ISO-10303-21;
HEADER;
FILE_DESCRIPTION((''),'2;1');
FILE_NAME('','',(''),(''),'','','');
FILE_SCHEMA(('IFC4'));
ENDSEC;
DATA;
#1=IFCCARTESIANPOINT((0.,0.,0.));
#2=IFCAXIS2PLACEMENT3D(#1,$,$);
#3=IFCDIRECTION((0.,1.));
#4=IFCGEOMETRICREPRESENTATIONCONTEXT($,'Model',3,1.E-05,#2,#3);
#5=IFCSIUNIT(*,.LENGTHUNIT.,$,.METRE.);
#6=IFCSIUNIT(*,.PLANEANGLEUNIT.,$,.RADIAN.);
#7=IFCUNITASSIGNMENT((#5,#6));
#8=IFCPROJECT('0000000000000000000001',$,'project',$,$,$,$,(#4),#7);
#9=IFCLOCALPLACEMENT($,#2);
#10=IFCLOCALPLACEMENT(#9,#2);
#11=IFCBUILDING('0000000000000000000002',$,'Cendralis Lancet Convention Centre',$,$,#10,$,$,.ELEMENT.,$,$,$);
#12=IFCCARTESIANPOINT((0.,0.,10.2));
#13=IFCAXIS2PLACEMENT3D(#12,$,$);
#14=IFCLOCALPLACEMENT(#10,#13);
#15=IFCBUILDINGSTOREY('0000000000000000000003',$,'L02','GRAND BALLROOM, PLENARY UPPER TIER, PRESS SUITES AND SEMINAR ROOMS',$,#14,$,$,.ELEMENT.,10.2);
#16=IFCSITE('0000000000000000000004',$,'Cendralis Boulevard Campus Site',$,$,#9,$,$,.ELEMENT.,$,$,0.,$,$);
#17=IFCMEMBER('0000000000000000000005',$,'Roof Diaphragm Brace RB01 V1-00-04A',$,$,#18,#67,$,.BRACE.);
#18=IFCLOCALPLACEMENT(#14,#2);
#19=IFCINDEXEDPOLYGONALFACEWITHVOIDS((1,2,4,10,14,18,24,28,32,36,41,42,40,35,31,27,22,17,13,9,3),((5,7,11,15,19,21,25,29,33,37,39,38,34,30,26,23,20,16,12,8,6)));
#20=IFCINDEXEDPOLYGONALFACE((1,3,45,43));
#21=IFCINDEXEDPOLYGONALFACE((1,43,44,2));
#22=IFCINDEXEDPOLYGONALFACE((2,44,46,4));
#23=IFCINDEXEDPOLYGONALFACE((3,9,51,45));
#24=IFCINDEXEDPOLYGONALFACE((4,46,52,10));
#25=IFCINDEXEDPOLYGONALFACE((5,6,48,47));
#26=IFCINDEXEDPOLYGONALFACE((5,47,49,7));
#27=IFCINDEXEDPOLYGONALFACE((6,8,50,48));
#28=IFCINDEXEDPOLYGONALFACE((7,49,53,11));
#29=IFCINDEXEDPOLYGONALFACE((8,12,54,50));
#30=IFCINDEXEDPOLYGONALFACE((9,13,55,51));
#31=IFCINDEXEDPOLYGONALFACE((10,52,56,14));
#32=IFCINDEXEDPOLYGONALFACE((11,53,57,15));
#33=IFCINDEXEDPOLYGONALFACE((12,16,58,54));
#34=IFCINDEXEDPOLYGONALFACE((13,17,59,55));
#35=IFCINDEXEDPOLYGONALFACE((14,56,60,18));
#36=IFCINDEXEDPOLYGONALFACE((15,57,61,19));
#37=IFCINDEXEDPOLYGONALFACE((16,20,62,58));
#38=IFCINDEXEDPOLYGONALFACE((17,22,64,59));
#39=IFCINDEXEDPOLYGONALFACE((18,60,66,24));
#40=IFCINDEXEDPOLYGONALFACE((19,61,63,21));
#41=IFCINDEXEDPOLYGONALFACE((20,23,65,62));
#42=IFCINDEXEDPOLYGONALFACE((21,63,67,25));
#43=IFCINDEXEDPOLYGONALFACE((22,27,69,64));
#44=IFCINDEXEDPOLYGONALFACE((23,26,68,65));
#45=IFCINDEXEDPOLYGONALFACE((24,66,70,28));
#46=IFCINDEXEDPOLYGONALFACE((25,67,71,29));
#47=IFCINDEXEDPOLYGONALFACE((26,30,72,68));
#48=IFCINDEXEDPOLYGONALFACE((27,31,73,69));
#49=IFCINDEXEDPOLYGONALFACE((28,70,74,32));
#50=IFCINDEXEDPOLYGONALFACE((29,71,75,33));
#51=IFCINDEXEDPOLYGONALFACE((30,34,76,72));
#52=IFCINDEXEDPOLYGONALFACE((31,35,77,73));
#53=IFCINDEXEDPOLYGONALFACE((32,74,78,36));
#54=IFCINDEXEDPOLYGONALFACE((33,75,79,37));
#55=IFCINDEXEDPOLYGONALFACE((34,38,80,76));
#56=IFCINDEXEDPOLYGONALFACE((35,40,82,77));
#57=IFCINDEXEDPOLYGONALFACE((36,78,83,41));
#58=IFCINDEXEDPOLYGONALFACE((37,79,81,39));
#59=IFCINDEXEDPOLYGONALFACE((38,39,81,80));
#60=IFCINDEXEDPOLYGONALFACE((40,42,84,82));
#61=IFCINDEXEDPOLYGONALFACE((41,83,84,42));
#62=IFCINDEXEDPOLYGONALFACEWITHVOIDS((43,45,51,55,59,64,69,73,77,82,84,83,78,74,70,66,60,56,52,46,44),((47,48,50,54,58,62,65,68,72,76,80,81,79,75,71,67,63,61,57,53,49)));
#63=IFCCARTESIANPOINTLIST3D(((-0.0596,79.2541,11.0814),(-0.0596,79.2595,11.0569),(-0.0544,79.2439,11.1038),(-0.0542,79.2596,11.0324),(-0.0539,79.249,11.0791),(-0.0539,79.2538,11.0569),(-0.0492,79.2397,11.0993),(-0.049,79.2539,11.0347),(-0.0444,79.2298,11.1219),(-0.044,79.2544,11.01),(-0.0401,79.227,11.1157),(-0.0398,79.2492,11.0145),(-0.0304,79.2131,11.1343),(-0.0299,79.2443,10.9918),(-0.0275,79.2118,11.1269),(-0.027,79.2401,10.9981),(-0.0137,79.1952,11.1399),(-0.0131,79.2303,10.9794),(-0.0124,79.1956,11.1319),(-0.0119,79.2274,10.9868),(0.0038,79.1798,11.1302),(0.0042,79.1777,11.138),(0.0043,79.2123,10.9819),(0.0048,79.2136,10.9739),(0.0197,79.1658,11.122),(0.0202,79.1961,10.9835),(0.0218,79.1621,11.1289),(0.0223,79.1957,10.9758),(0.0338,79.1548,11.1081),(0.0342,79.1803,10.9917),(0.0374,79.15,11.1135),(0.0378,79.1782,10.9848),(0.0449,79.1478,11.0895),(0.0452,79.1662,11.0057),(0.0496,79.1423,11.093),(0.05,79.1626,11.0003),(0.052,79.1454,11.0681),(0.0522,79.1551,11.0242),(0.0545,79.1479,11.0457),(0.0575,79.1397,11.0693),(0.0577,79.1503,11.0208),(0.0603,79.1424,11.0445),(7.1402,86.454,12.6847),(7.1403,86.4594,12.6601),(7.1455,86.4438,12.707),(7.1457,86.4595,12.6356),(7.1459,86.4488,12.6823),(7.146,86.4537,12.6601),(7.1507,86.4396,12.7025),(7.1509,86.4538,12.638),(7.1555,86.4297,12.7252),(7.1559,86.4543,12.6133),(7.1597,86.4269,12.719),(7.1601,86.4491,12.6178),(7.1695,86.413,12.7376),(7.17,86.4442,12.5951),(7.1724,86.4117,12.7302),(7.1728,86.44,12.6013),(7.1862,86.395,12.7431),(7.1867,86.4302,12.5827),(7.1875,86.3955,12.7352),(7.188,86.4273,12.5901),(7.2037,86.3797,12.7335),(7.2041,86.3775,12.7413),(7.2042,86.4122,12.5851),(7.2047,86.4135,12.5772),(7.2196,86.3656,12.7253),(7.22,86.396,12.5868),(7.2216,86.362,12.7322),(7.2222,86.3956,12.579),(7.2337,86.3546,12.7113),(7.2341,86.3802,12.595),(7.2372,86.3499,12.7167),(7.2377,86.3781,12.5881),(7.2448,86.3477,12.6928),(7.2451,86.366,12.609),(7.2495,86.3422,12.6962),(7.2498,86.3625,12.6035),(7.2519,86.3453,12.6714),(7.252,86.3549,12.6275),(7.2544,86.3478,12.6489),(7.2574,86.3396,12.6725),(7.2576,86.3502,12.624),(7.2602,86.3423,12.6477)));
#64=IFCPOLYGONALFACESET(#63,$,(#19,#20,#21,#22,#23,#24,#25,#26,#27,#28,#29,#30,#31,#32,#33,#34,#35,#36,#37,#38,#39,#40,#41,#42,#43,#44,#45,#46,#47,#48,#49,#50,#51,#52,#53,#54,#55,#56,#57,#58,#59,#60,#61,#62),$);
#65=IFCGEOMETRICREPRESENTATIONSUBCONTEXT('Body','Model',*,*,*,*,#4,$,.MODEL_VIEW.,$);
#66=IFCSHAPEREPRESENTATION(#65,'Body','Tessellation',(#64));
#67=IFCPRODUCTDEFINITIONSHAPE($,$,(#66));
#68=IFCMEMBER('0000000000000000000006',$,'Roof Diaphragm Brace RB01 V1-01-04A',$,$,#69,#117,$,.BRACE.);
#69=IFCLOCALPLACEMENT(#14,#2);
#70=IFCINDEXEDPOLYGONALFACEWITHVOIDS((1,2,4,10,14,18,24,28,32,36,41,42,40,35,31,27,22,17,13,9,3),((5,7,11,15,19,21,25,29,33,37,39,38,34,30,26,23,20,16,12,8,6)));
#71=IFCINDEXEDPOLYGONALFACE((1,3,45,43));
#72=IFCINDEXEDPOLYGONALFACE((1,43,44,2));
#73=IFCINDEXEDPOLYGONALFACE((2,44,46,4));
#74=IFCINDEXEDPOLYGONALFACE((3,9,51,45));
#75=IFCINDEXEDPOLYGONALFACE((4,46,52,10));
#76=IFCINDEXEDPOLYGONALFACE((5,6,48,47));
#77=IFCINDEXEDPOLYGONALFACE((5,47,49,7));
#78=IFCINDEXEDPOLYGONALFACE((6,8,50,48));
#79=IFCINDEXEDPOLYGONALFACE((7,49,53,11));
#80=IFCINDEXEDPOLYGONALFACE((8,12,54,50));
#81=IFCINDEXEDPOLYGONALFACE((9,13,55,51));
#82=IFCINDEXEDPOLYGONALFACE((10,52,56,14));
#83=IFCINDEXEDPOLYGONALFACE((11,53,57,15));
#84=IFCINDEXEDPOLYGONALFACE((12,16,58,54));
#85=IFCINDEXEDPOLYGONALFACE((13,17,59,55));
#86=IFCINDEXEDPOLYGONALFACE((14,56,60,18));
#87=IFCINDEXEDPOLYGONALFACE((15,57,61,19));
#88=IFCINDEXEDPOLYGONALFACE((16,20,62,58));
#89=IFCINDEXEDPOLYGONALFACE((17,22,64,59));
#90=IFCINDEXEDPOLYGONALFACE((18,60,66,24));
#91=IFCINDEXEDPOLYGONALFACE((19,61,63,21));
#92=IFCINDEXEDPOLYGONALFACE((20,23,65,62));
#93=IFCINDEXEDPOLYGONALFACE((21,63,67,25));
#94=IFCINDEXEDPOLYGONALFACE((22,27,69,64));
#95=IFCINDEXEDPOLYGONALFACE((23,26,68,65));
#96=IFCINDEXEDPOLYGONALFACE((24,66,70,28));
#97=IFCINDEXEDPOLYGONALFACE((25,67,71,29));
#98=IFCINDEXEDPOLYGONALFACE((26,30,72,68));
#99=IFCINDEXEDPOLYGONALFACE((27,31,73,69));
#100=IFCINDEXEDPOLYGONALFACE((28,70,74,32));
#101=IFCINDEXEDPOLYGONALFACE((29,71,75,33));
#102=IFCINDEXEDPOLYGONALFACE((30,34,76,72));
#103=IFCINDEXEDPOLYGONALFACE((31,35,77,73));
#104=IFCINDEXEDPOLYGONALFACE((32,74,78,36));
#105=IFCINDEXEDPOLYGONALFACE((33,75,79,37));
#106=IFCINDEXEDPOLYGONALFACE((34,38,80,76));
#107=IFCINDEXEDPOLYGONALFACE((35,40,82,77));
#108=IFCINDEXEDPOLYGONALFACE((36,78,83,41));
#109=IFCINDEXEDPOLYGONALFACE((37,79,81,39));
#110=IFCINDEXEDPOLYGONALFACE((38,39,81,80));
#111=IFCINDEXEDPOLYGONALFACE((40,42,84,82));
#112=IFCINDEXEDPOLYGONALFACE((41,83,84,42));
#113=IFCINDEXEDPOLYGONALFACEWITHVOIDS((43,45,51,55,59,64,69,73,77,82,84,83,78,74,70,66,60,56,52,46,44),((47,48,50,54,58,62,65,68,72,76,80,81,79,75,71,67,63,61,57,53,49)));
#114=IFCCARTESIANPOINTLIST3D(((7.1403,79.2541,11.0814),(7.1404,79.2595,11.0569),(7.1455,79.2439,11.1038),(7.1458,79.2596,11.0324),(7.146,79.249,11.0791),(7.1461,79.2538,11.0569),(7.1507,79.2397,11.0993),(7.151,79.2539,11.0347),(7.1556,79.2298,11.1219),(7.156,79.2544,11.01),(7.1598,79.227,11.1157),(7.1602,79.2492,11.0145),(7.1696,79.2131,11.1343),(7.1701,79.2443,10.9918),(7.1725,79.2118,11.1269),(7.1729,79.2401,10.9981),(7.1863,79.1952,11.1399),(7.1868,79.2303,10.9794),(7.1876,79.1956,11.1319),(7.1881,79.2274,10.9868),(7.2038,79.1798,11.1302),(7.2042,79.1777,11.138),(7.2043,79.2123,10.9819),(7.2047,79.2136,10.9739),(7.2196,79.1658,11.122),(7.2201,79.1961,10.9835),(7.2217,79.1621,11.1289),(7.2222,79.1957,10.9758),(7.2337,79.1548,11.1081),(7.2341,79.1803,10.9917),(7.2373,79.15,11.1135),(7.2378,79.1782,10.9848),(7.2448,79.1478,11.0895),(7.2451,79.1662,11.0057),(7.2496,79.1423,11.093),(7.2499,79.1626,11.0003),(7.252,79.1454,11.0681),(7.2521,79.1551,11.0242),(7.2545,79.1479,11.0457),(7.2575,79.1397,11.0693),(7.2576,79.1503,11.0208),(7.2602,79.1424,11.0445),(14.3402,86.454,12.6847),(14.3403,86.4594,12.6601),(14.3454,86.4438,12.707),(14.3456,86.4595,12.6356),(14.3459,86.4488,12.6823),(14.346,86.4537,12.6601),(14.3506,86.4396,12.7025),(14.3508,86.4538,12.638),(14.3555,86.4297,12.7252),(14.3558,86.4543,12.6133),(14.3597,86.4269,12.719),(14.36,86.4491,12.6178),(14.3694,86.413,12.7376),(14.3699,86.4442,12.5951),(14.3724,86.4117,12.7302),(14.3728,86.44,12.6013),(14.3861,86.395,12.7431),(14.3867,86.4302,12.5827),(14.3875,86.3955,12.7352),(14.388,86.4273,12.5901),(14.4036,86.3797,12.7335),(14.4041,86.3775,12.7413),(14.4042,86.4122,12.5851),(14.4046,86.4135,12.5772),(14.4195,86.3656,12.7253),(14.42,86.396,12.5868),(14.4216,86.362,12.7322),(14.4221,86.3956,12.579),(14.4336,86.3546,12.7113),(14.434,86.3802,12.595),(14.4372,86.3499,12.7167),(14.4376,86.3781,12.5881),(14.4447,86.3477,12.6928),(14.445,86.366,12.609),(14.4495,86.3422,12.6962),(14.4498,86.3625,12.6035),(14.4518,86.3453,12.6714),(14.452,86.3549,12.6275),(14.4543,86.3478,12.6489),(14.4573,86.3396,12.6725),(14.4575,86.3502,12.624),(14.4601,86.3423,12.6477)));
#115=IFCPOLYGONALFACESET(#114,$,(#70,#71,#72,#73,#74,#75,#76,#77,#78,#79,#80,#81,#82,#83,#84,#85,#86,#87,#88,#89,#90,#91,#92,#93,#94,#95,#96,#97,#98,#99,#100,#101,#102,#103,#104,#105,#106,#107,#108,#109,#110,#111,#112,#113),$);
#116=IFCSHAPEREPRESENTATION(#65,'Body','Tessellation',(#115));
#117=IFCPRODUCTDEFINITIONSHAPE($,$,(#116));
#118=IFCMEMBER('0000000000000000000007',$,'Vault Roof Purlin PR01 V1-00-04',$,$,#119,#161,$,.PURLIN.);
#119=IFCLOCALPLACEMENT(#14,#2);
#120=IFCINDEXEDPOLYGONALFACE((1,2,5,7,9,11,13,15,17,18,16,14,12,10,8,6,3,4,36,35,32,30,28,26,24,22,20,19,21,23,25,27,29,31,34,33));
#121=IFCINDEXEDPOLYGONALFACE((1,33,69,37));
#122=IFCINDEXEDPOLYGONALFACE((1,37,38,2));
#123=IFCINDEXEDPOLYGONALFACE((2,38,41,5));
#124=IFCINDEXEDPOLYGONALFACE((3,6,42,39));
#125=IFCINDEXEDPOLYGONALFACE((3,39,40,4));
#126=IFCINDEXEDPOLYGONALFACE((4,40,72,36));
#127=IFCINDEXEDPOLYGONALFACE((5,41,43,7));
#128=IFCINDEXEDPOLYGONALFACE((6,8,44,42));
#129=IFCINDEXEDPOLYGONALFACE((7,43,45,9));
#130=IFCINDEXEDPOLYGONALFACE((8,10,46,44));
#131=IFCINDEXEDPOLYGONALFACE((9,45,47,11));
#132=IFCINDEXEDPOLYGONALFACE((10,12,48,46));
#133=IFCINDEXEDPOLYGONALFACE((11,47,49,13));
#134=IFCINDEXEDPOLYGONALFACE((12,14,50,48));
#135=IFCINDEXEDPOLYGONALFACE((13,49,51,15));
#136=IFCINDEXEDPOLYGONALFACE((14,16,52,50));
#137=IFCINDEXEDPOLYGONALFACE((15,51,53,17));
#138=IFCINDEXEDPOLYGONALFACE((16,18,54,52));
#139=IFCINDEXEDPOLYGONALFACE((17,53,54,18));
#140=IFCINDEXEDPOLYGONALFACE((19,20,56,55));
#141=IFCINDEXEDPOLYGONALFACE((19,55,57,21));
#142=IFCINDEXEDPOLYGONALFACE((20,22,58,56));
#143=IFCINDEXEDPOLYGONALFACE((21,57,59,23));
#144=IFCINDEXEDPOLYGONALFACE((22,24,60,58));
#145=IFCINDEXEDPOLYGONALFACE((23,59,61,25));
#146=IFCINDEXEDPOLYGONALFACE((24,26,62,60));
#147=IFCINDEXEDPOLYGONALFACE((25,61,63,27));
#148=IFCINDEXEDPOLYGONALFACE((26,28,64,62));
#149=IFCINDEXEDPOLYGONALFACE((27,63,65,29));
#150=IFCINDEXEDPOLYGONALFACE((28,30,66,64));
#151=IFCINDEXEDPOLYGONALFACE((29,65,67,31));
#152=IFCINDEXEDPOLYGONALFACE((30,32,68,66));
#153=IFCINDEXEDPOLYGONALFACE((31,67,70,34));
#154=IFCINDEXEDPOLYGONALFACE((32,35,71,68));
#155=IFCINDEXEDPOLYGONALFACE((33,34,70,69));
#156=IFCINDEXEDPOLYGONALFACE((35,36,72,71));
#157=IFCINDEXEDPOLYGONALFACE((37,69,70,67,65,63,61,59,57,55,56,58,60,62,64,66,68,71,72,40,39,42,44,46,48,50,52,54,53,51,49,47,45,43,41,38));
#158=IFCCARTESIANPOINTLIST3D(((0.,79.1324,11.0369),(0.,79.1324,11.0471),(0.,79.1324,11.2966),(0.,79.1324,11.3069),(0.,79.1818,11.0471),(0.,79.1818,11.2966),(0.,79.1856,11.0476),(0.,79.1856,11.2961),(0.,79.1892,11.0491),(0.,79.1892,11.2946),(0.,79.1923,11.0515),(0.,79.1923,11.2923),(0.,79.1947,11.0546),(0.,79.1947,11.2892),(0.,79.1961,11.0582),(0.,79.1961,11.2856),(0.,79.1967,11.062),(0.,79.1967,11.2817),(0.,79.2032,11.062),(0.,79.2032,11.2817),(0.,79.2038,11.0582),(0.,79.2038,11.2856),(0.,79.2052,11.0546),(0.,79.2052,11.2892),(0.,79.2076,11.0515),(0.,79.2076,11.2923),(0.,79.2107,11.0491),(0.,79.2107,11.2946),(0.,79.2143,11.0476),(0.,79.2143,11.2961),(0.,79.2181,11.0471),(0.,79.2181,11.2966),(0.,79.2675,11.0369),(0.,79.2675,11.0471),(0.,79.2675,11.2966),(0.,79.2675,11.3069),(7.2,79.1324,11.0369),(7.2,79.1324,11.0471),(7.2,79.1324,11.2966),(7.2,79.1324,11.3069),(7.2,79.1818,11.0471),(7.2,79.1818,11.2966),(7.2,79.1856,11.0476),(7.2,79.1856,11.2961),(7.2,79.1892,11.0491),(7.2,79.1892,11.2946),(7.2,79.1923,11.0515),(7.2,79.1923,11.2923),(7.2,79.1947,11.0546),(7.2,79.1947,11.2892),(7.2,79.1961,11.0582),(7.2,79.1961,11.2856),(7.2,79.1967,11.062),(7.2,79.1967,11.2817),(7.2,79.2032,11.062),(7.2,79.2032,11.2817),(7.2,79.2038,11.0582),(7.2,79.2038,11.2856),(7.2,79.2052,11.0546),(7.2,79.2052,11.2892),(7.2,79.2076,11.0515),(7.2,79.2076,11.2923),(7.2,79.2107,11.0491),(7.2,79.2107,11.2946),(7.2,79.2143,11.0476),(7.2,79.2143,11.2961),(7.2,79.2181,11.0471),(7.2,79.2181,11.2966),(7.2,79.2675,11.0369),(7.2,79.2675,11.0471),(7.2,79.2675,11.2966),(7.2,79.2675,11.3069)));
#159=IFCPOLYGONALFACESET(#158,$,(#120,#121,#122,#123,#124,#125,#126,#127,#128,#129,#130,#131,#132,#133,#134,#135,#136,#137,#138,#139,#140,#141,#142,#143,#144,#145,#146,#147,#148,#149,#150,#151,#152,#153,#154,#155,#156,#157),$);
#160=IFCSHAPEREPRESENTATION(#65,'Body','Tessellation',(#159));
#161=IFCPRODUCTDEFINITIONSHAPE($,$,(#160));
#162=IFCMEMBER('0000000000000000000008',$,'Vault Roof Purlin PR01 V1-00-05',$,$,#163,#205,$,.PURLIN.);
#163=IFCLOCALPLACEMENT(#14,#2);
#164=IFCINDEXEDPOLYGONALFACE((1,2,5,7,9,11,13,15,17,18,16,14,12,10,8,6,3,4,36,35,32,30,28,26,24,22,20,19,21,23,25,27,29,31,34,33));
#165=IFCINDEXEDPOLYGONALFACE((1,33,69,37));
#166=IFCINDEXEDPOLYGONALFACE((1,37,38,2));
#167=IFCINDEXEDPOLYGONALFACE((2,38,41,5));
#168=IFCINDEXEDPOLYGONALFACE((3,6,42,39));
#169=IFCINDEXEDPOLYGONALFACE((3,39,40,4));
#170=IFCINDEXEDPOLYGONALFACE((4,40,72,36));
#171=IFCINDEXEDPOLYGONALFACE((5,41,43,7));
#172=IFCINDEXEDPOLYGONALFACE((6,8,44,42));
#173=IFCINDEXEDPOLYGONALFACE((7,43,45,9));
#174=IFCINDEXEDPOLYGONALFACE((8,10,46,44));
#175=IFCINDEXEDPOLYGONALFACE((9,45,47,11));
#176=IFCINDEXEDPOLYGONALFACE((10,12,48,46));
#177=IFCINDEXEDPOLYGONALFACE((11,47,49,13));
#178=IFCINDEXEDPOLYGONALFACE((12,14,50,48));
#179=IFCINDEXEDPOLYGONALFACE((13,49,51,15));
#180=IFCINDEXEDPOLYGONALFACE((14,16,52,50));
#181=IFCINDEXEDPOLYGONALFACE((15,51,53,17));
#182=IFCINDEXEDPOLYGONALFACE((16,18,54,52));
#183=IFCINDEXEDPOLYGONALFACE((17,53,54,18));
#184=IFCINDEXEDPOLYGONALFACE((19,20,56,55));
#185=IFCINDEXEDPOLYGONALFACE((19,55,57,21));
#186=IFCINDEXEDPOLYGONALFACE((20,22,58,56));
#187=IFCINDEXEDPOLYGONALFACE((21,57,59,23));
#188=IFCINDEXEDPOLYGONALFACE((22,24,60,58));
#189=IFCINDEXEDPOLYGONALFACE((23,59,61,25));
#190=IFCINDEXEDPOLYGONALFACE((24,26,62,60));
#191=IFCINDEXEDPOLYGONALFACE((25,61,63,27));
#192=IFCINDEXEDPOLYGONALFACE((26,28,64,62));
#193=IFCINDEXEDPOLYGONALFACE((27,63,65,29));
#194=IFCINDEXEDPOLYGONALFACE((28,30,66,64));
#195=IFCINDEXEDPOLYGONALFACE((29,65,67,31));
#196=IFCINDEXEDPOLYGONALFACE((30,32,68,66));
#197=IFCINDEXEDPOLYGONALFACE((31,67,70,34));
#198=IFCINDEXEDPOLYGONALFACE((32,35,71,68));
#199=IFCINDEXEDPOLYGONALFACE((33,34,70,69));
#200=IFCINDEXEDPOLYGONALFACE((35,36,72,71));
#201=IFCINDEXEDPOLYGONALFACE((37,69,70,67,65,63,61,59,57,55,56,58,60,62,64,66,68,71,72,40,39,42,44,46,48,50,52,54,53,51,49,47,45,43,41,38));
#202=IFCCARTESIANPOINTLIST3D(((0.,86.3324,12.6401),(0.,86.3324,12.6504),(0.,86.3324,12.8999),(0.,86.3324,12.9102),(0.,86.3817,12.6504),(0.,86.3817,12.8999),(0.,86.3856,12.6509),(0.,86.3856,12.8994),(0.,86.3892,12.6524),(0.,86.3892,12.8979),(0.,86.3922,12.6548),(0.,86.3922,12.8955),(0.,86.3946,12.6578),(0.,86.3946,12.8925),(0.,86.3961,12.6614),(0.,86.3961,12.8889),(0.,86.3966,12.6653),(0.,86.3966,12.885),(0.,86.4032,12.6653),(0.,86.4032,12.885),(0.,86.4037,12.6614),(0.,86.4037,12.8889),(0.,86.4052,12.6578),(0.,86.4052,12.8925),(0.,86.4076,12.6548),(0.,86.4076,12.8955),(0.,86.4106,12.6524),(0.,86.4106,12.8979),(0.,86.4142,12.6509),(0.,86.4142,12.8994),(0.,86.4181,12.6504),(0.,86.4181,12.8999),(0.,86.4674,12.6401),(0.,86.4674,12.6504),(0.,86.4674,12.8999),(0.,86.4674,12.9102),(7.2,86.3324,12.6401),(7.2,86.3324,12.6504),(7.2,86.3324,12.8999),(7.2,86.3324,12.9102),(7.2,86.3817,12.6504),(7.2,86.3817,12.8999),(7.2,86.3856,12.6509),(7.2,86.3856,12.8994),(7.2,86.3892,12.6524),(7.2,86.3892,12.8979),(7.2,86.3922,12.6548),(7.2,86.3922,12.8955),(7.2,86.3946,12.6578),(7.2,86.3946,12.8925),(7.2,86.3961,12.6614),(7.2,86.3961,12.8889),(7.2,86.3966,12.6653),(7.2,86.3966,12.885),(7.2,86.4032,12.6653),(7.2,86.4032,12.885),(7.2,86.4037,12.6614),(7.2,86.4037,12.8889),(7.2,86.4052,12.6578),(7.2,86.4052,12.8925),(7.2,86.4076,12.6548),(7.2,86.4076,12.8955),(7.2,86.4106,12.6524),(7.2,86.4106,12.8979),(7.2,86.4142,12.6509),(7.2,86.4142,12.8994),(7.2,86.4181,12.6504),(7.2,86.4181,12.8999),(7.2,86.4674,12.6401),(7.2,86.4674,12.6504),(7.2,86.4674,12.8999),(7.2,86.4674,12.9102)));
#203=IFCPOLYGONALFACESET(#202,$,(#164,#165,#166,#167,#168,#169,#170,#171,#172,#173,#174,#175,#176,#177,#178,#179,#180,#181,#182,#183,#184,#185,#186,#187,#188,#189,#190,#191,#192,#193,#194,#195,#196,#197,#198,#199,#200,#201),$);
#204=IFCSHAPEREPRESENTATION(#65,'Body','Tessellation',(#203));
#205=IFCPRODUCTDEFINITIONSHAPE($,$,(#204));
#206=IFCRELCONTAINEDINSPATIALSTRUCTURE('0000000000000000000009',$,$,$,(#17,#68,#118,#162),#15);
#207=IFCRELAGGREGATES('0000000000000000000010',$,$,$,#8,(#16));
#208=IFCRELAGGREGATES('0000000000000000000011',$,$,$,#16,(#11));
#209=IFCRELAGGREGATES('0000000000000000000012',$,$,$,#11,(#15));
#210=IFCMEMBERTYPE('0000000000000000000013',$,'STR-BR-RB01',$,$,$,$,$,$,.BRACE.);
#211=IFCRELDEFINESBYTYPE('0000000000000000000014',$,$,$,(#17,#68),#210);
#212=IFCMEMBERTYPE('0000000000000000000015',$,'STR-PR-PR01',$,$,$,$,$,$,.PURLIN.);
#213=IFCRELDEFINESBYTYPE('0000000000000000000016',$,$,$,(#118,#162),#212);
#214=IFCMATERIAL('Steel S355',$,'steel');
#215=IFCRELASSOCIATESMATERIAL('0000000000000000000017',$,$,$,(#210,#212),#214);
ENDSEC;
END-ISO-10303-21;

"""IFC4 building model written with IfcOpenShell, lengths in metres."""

from ifc_helpers import new_model, si_unit, direction, frame, origin, origin_2d, place, context, subcontext, project, spatial, hollow_circle, i_section, extrude, material, material_profile, profile_set, type_object, element, save


model = new_model("IFC4")

# Units and contexts
model_context = context("Model", 3, precision=1e-05, world=origin(), true_north=direction((0.0, 1.0)))
body_context = subcontext(model_context, "Body", "Model", "MODEL_VIEW")
ifc_project = project(units=[si_unit("LENGTHUNIT", "METRE"), si_unit("PLANEANGLEUNIT", "RADIAN")], contexts=[model_context])

# Site, building, storey
site_placement = place(None, origin())
site = spatial("IfcSite", under=ifc_project, at=site_placement, Name="Cendralis Boulevard Campus Site", CompositionType="ELEMENT", RefElevation=0.0)
building_placement = place(site_placement, origin())
building = spatial("IfcBuilding", under=site, at=building_placement, Name="Cendralis Lancet Convention Centre", CompositionType="ELEMENT")
storey_placement = place(building_placement, frame((0.0, 0.0, 10.2)))
storey = spatial("IfcBuildingStorey", under=building, at=storey_placement, Name="L02", Description="GRAND BALLROOM, PLENARY UPPER TIER, PRESS SUITES AND SEMINAR ROOMS", CompositionType="ELEMENT", Elevation=10.2)

# Members
ifc_material = material(Name="Steel S355", Category="steel")
ifc_material_profile_1 = material_profile(ifc_material, hollow_circle(Radius=0.0842, WallThickness=0.0081, at=origin_2d()), Name="CHS 168.3x8.0")
ifc_profile_set_1 = profile_set([ifc_material_profile_1], Name="Steel S355")
member_type_1 = type_object("IfcMemberType", Name="STR-BR-RB01", PredefinedType="BRACE", material=ifc_profile_set_1)
for number, where, z_axis, x_axis, name in (
    (1, (0.0, 79.2, 11.0569), (0.698501, 0.698501, 0.155541), (-0.707107, 0.707107, 0.0), "Roof Diaphragm Brace RB01 V1-00-04A"),
    (2, (7.2, 79.2, 11.0569), (0.698501, 0.698501, 0.155541), (-0.707107, 0.707107, 0.0), "Roof Diaphragm Brace RB01 V1-01-04A"),
):
    element("IfcMember", number, at=place(storey_placement, frame(where, z_axis=z_axis, x_axis=x_axis)), inside=storey, type_object=member_type_1, Name=name, PredefinedType="BRACE", context=body_context, shape_type="SweptSolid", body=[
        extrude(hollow_circle(Radius=0.0842, WallThickness=0.0081, at=origin_2d()), origin(), (0.0, 0.0, 1.0), 10.3076),
    ])
ifc_material_profile_2 = material_profile(ifc_material, i_section(OverallWidth=0.135, OverallDepth=0.27, WebThickness=0.0066, FlangeThickness=0.0103, FilletRadius=0.0149, at=origin_2d()), Name="IPE 270")
ifc_profile_set_2 = profile_set([ifc_material_profile_2], Name="Steel S355")
member_type_2 = type_object("IfcMemberType", Name="STR-PR-PR01", PredefinedType="PURLIN", material=ifc_profile_set_2)
for number, where, z_axis, x_axis, name in (
    (3, (0.0, 79.2, 11.1719), (1.0, 0.0, 0.0), (0.0, 1.0, 0.0), "Vault Roof Purlin PR01 V1-00-04"),
    (4, (0.0, 86.3999, 12.7751), (1.0, 0.0, 0.0), (0.0, 1.0, 0.0), "Vault Roof Purlin PR01 V1-00-05"),
):
    element("IfcMember", number, at=place(storey_placement, frame(where, z_axis=z_axis, x_axis=x_axis)), inside=storey, type_object=member_type_2, Name=name, PredefinedType="PURLIN", context=body_context, shape_type="SweptSolid", body=[
        extrude(i_section(OverallWidth=0.135, OverallDepth=0.27, WebThickness=0.0066, FlangeThickness=0.0103, FilletRadius=0.0149, at=origin_2d()), origin(), (0.0, 0.0, 1.0), 7.2),
    ])

save(model, "model.ifc")
